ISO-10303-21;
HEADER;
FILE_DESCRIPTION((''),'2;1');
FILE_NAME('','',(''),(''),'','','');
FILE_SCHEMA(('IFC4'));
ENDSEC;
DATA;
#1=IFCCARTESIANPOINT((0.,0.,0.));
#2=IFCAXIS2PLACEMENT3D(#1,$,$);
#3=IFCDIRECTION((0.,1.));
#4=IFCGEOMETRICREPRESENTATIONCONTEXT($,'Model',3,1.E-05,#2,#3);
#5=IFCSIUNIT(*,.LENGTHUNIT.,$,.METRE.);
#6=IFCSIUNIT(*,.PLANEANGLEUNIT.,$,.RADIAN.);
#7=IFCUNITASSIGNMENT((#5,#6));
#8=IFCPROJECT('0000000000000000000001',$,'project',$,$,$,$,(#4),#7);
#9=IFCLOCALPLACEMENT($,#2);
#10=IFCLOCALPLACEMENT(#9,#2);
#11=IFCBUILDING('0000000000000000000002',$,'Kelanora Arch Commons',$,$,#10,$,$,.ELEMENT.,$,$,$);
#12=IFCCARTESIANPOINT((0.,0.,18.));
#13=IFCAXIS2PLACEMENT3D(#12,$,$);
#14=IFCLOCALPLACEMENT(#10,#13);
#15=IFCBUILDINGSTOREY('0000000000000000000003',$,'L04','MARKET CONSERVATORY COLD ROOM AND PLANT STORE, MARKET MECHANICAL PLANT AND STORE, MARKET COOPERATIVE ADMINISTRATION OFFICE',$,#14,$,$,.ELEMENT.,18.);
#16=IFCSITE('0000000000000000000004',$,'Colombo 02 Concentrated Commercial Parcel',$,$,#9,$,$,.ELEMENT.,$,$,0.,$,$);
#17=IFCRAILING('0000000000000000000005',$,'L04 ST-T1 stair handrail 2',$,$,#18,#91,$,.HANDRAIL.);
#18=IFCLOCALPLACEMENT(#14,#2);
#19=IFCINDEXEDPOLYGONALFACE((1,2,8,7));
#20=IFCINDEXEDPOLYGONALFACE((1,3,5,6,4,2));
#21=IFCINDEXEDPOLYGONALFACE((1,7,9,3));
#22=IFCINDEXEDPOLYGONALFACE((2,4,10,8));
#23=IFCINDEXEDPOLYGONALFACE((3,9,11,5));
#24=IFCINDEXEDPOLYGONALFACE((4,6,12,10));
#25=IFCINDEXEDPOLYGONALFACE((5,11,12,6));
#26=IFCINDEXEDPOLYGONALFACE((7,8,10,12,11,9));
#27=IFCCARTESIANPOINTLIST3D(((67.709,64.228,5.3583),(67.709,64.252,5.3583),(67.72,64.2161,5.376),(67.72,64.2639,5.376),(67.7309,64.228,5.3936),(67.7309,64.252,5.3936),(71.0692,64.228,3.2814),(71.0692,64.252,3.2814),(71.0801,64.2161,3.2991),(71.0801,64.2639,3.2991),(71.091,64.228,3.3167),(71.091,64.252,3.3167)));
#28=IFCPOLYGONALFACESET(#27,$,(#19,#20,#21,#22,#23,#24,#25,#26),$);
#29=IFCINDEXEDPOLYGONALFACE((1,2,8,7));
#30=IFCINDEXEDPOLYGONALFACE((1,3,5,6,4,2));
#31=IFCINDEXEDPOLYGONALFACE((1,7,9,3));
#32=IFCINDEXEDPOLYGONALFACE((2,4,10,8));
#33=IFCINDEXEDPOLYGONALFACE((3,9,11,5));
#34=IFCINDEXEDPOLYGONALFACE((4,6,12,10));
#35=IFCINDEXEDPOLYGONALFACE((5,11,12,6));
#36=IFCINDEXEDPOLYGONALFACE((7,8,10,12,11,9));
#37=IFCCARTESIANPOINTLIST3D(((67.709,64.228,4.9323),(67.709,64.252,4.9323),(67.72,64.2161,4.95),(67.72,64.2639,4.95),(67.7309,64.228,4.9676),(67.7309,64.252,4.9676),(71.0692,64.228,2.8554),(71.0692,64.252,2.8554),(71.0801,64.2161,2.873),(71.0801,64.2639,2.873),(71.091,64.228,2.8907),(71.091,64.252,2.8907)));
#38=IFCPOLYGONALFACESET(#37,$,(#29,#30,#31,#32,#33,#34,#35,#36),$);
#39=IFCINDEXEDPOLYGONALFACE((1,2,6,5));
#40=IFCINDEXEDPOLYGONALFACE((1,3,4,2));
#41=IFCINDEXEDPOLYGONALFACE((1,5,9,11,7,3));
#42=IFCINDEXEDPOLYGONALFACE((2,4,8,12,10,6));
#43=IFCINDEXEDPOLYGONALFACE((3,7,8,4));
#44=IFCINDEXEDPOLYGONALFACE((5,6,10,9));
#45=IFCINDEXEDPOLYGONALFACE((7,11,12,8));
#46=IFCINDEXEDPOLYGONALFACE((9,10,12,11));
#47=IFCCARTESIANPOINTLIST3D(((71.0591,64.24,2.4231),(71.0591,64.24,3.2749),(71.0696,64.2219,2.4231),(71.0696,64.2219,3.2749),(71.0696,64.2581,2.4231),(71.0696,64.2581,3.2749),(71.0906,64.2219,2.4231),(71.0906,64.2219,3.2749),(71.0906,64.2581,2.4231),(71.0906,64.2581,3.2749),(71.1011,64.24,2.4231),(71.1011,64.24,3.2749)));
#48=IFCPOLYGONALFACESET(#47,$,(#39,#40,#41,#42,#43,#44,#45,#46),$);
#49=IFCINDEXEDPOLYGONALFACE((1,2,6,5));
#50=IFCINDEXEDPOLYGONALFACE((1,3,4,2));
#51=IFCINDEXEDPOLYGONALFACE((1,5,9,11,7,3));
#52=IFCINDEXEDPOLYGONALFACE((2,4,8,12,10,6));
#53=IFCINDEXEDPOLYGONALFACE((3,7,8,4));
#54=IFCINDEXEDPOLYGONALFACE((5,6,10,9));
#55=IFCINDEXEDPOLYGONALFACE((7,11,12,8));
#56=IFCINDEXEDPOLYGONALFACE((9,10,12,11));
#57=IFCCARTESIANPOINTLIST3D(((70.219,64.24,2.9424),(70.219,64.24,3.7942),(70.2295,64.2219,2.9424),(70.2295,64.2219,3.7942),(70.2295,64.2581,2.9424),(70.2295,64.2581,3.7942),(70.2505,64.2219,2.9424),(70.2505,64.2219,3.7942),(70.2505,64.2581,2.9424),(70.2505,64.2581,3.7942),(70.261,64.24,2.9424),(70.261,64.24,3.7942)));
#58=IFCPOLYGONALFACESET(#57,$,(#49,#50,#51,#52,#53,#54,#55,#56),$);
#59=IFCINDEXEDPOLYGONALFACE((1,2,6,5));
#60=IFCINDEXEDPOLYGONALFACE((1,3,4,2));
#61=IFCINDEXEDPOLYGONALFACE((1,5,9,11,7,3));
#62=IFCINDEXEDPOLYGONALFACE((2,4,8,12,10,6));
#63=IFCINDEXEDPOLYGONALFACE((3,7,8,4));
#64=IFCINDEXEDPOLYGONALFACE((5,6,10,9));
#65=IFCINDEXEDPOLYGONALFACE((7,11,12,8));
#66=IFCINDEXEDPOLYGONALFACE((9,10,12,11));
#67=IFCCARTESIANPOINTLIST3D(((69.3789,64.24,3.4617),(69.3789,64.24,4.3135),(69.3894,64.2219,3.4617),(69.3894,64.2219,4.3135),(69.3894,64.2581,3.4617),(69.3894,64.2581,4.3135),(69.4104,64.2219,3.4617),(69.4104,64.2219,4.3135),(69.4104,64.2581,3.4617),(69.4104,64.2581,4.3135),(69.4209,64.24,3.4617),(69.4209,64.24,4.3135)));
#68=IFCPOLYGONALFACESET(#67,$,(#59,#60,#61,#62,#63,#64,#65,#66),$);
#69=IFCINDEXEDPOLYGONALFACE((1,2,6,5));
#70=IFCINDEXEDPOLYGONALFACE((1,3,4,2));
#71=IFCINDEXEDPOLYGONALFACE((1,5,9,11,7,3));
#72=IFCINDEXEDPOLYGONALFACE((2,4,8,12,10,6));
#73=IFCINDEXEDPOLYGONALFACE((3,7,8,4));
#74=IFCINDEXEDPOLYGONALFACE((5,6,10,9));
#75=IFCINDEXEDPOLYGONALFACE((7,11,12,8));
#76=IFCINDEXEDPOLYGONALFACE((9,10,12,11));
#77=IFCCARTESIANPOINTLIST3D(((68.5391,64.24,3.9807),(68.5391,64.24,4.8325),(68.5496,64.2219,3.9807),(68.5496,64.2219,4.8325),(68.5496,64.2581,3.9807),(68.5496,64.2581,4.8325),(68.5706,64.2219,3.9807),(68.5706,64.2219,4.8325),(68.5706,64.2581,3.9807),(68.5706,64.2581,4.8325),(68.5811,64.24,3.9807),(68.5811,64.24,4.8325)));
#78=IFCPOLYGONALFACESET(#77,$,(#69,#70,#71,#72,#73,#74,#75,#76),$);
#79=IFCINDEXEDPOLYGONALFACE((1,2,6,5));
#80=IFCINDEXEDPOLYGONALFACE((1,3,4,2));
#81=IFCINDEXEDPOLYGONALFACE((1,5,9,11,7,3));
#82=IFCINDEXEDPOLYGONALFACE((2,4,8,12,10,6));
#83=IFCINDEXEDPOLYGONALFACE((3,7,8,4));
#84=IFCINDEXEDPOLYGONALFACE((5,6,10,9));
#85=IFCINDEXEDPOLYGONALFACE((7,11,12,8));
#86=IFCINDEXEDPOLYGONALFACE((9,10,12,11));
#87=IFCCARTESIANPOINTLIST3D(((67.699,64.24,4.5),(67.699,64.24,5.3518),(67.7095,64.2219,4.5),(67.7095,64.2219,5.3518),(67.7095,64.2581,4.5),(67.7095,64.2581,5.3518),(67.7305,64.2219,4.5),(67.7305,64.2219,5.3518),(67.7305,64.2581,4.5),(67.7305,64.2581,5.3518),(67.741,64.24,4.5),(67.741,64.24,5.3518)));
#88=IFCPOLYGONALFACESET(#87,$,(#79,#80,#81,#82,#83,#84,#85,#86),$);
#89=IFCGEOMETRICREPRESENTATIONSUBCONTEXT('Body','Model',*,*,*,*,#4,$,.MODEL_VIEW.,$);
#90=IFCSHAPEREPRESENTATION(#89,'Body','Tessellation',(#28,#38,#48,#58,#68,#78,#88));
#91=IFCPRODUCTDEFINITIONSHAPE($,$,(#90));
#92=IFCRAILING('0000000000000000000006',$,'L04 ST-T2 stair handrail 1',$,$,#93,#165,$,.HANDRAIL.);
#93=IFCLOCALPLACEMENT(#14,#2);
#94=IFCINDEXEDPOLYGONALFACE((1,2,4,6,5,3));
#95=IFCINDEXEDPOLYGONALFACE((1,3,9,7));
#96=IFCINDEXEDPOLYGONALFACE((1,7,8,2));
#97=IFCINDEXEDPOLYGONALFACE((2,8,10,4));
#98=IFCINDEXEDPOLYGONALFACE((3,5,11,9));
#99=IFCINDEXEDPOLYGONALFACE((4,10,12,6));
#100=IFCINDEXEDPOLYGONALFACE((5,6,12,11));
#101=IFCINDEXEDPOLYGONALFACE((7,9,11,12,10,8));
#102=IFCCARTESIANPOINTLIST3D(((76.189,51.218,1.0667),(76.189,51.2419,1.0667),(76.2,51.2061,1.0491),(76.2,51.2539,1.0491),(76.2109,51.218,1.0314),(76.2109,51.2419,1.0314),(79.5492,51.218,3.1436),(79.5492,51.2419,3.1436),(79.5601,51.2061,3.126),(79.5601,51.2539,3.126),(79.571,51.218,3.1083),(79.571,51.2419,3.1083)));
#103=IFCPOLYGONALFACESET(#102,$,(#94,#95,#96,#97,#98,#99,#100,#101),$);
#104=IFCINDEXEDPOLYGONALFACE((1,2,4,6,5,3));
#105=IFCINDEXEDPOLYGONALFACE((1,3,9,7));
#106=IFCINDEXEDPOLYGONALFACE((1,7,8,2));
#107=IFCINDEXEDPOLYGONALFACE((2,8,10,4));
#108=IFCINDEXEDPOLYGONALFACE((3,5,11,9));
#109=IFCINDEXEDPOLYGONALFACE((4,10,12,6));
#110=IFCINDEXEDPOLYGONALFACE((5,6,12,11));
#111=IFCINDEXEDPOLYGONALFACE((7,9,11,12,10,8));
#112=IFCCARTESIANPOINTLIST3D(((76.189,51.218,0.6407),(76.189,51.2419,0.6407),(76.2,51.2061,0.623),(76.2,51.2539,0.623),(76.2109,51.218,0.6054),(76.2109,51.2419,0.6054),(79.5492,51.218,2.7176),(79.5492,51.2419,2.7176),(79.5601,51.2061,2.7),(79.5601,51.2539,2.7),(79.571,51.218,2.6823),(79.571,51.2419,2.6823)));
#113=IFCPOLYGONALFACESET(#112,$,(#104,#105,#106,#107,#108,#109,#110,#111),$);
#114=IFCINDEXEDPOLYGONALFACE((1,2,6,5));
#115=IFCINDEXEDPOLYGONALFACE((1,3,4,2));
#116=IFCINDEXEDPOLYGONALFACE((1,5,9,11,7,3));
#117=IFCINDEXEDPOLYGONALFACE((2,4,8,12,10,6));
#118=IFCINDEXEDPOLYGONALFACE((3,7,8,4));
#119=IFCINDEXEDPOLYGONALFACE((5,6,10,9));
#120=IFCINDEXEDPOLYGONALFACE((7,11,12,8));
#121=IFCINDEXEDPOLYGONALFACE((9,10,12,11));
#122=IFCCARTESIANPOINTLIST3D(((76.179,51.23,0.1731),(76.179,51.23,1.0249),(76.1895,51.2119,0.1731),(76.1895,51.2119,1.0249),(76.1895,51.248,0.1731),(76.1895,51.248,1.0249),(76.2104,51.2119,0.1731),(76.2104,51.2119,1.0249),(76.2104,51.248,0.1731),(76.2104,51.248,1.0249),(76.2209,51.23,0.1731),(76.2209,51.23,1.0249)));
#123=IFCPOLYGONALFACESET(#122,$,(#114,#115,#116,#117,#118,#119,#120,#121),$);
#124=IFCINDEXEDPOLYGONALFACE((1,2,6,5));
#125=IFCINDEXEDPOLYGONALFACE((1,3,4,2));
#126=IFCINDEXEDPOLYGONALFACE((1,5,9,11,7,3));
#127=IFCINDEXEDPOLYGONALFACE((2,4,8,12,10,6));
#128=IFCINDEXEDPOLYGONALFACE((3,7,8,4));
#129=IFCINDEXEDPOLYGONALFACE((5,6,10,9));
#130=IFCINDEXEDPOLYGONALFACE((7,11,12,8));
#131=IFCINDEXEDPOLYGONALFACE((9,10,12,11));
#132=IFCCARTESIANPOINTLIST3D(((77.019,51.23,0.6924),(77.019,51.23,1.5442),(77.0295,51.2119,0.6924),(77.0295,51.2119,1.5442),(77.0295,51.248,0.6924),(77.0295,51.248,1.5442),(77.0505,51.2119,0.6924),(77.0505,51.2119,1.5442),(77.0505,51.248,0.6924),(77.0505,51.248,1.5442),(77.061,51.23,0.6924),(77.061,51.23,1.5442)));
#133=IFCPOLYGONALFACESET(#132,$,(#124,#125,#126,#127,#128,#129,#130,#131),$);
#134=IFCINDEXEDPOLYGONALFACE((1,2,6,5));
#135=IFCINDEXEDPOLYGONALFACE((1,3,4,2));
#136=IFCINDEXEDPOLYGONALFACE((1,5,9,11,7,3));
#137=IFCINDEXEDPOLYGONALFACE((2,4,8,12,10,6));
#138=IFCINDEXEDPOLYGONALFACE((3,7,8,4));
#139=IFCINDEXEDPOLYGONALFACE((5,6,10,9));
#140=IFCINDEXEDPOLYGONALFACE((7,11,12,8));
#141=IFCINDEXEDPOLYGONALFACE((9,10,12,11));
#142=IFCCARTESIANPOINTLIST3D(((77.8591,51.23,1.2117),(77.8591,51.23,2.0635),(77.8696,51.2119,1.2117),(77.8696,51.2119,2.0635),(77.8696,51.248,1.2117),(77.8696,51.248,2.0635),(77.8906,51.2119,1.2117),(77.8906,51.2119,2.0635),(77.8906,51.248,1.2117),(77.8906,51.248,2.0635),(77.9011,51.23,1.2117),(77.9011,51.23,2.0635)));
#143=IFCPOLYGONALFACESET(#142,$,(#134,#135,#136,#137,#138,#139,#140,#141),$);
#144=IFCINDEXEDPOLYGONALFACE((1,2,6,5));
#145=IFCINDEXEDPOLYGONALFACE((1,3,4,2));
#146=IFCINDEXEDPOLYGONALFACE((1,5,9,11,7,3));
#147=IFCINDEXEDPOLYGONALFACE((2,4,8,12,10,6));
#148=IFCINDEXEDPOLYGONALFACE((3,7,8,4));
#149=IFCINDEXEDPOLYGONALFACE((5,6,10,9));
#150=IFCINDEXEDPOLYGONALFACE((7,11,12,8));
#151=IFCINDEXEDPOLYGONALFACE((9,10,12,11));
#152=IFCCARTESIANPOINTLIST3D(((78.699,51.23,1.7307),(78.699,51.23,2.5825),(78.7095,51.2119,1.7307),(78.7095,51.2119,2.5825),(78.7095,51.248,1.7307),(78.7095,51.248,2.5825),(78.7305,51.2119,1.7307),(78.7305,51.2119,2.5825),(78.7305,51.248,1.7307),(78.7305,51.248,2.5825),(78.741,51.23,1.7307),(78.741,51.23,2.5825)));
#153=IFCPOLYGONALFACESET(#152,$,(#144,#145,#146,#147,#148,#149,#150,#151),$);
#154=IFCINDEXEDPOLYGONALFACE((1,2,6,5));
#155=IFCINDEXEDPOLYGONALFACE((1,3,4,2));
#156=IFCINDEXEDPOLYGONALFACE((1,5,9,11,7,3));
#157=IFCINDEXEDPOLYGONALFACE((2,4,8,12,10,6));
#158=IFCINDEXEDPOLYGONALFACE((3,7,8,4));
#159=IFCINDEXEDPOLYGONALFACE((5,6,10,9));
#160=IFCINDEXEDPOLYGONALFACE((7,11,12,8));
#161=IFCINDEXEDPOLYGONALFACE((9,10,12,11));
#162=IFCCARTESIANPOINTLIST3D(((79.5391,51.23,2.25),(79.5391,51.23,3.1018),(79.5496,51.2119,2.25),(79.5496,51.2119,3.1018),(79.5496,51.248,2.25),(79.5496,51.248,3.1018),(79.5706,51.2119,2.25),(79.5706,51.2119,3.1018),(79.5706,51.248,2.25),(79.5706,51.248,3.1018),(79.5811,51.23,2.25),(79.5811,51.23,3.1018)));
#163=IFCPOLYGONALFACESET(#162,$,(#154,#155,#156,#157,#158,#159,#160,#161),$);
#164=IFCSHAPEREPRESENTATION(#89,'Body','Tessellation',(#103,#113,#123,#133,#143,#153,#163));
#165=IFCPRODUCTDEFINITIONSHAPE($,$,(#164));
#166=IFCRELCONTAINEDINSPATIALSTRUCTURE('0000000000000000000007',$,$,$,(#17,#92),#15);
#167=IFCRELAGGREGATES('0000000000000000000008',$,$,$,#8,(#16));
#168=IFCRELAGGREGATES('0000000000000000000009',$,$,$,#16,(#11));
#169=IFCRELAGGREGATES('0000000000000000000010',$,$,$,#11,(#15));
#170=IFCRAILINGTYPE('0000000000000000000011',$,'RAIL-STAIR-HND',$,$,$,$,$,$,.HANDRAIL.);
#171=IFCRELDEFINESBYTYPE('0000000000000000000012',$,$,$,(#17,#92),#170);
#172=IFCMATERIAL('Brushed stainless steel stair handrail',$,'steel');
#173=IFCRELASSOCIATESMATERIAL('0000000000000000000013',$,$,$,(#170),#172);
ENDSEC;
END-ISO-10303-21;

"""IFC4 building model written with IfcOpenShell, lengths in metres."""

from ifc_helpers import new_model, si_unit, direction, frame, origin, place, context, subcontext, project, spatial, polyline, outline, extrude, material, type_object, element, save


model = new_model("IFC4")

# Units and contexts
model_context = context("Model", 3, precision=1e-05, world=origin(), true_north=direction((0.0, 1.0)))
body_context = subcontext(model_context, "Body", "Model", "MODEL_VIEW")
ifc_project = project(units=[si_unit("LENGTHUNIT", "METRE"), si_unit("PLANEANGLEUNIT", "RADIAN")], contexts=[model_context])

# Site, building, storey
site_placement = place(None, origin())
site = spatial("IfcSite", under=ifc_project, at=site_placement, Name="Colombo 02 Concentrated Commercial Parcel", CompositionType="ELEMENT", RefElevation=0.0)
building_placement = place(site_placement, origin())
building = spatial("IfcBuilding", under=site, at=building_placement, Name="Kelanora Arch Commons", CompositionType="ELEMENT")
storey_placement = place(building_placement, frame((0.0, 0.0, 18.0)))
storey = spatial("IfcBuildingStorey", under=building, at=storey_placement, Name="L04", Description="MARKET CONSERVATORY COLD ROOM AND PLANT STORE, MARKET MECHANICAL PLANT AND STORE, MARKET COOPERATIVE ADMINISTRATION OFFICE", CompositionType="ELEMENT", Elevation=18.0)

# Railings
ifc_material_1 = material(Name="Brushed stainless steel stair handrail", Category="steel")
railing_type_1 = type_object("IfcRailingType", Name="RAIL-STAIR-HND", PredefinedType="HANDRAIL", material=ifc_material_1)
railing_1_placement = place(storey_placement, frame((71.0801, 64.24, 2.4231)))
element("IfcRailing", 1, at=railing_1_placement, inside=storey, type_object=railing_type_1, Name="L04 ST-T1 stair handrail 2", PredefinedType="HANDRAIL", context=body_context, shape_type="SweptSolid", body=[
    extrude(outline(polyline([(0.0239, 0.0), (0.012, 0.0208), (-0.012, 0.0208), (-0.0239, 0.0), (-0.012, -0.0208), (0.012, -0.0208), (0.0239, 0.0)])), frame((0.0, 0.0, 0.876), z_axis=(-0.850623, 0.0, 0.525776), x_axis=(0.0, -1.0, 0.0)), (0.0, 0.0, 1.0), 3.9502),
    extrude(outline(polyline([(0.0239, 0.0), (0.012, 0.0208), (-0.012, 0.0208), (-0.0239, 0.0), (-0.012, -0.0208), (0.012, -0.0208), (0.0239, 0.0)])), frame((0.0, 0.0, 0.45), z_axis=(-0.850623, 0.0, 0.525776), x_axis=(0.0, -1.0, 0.0)), (0.0, 0.0, 1.0), 3.9502),
    extrude(outline(polyline([(0.021, 0.0), (0.0105, 0.0181), (-0.0105, 0.0181), (-0.021, 0.0), (-0.0105, -0.0181), (0.0105, -0.0181), (0.021, 0.0)])), origin(), (0.0, 0.0, 1.0), 0.8518),
    extrude(outline(polyline([(0.021, 0.0), (0.0105, 0.0181), (-0.0105, 0.0181), (-0.021, 0.0), (-0.0105, -0.0181), (0.0105, -0.0181), (0.021, 0.0)])), frame((-0.8401, 0.0, 0.5193)), (0.0, 0.0, 1.0), 0.8518),
    extrude(outline(polyline([(0.021, 0.0), (0.0105, 0.0181), (-0.0105, 0.0181), (-0.021, 0.0), (-0.0105, -0.0181), (0.0105, -0.0181), (0.021, 0.0)])), frame((-1.6802, 0.0, 1.0386)), (0.0, 0.0, 1.0), 0.8518),
    extrude(outline(polyline([(0.021, 0.0), (0.0105, 0.0181), (-0.0105, 0.0181), (-0.021, 0.0), (-0.0105, -0.0181), (0.0105, -0.0181), (0.021, 0.0)])), frame((-2.52, 0.0, 1.5576)), (0.0, 0.0, 1.0), 0.8518),
    extrude(outline(polyline([(0.021, 0.0), (0.0105, 0.0181), (-0.0105, 0.0181), (-0.021, 0.0), (-0.0105, -0.0181), (0.0105, -0.0181), (0.021, 0.0)])), frame((-3.3601, 0.0, 2.0769)), (0.0, 0.0, 1.0), 0.8518),
])
railing_2_placement = place(storey_placement, frame((76.2, 51.23, 0.1731)))
element("IfcRailing", 2, at=railing_2_placement, inside=storey, type_object=railing_type_1, Name="L04 ST-T2 stair handrail 1", PredefinedType="HANDRAIL", context=body_context, shape_type="SweptSolid", body=[
    extrude(outline(polyline([(0.0239, 0.0), (0.012, 0.0208), (-0.012, 0.0208), (-0.0239, 0.0), (-0.012, -0.0208), (0.012, -0.0208), (0.0239, 0.0)])), frame((0.0, 0.0, 0.876), z_axis=(0.850623, 0.0, 0.525776), x_axis=(0.0, 1.0, 0.0)), (0.0, 0.0, 1.0), 3.9502),
    extrude(outline(polyline([(0.0239, 0.0), (0.012, 0.0208), (-0.012, 0.0208), (-0.0239, 0.0), (-0.012, -0.0208), (0.012, -0.0208), (0.0239, 0.0)])), frame((0.0, 0.0, 0.45), z_axis=(0.850623, 0.0, 0.525776), x_axis=(0.0, 1.0, 0.0)), (0.0, 0.0, 1.0), 3.9502),
    extrude(outline(polyline([(0.021, 0.0), (0.0105, 0.0181), (-0.0105, 0.0181), (-0.021, 0.0), (-0.0105, -0.0181), (0.0105, -0.0181), (0.021, 0.0)])), origin(), (0.0, 0.0, 1.0), 0.8518),
    extrude(outline(polyline([(0.021, 0.0), (0.0105, 0.0181), (-0.0105, 0.0181), (-0.021, 0.0), (-0.0105, -0.0181), (0.0105, -0.0181), (0.021, 0.0)])), frame((0.8401, 0.0, 0.5193)), (0.0, 0.0, 1.0), 0.8518),
    extrude(outline(polyline([(0.021, 0.0), (0.0105, 0.0181), (-0.0105, 0.0181), (-0.021, 0.0), (-0.0105, -0.0181), (0.0105, -0.0181), (0.021, 0.0)])), frame((1.6802, 0.0, 1.0386)), (0.0, 0.0, 1.0), 0.8518),
    extrude(outline(polyline([(0.021, 0.0), (0.0105, 0.0181), (-0.0105, 0.0181), (-0.021, 0.0), (-0.0105, -0.0181), (0.0105, -0.0181), (0.021, 0.0)])), frame((2.52, 0.0, 1.5576)), (0.0, 0.0, 1.0), 0.8518),
    extrude(outline(polyline([(0.021, 0.0), (0.0105, 0.0181), (-0.0105, 0.0181), (-0.021, 0.0), (-0.0105, -0.0181), (0.0105, -0.0181), (0.021, 0.0)])), frame((3.3601, 0.0, 2.0769)), (0.0, 0.0, 1.0), 0.8518),
])

save(model, "model.ifc")
